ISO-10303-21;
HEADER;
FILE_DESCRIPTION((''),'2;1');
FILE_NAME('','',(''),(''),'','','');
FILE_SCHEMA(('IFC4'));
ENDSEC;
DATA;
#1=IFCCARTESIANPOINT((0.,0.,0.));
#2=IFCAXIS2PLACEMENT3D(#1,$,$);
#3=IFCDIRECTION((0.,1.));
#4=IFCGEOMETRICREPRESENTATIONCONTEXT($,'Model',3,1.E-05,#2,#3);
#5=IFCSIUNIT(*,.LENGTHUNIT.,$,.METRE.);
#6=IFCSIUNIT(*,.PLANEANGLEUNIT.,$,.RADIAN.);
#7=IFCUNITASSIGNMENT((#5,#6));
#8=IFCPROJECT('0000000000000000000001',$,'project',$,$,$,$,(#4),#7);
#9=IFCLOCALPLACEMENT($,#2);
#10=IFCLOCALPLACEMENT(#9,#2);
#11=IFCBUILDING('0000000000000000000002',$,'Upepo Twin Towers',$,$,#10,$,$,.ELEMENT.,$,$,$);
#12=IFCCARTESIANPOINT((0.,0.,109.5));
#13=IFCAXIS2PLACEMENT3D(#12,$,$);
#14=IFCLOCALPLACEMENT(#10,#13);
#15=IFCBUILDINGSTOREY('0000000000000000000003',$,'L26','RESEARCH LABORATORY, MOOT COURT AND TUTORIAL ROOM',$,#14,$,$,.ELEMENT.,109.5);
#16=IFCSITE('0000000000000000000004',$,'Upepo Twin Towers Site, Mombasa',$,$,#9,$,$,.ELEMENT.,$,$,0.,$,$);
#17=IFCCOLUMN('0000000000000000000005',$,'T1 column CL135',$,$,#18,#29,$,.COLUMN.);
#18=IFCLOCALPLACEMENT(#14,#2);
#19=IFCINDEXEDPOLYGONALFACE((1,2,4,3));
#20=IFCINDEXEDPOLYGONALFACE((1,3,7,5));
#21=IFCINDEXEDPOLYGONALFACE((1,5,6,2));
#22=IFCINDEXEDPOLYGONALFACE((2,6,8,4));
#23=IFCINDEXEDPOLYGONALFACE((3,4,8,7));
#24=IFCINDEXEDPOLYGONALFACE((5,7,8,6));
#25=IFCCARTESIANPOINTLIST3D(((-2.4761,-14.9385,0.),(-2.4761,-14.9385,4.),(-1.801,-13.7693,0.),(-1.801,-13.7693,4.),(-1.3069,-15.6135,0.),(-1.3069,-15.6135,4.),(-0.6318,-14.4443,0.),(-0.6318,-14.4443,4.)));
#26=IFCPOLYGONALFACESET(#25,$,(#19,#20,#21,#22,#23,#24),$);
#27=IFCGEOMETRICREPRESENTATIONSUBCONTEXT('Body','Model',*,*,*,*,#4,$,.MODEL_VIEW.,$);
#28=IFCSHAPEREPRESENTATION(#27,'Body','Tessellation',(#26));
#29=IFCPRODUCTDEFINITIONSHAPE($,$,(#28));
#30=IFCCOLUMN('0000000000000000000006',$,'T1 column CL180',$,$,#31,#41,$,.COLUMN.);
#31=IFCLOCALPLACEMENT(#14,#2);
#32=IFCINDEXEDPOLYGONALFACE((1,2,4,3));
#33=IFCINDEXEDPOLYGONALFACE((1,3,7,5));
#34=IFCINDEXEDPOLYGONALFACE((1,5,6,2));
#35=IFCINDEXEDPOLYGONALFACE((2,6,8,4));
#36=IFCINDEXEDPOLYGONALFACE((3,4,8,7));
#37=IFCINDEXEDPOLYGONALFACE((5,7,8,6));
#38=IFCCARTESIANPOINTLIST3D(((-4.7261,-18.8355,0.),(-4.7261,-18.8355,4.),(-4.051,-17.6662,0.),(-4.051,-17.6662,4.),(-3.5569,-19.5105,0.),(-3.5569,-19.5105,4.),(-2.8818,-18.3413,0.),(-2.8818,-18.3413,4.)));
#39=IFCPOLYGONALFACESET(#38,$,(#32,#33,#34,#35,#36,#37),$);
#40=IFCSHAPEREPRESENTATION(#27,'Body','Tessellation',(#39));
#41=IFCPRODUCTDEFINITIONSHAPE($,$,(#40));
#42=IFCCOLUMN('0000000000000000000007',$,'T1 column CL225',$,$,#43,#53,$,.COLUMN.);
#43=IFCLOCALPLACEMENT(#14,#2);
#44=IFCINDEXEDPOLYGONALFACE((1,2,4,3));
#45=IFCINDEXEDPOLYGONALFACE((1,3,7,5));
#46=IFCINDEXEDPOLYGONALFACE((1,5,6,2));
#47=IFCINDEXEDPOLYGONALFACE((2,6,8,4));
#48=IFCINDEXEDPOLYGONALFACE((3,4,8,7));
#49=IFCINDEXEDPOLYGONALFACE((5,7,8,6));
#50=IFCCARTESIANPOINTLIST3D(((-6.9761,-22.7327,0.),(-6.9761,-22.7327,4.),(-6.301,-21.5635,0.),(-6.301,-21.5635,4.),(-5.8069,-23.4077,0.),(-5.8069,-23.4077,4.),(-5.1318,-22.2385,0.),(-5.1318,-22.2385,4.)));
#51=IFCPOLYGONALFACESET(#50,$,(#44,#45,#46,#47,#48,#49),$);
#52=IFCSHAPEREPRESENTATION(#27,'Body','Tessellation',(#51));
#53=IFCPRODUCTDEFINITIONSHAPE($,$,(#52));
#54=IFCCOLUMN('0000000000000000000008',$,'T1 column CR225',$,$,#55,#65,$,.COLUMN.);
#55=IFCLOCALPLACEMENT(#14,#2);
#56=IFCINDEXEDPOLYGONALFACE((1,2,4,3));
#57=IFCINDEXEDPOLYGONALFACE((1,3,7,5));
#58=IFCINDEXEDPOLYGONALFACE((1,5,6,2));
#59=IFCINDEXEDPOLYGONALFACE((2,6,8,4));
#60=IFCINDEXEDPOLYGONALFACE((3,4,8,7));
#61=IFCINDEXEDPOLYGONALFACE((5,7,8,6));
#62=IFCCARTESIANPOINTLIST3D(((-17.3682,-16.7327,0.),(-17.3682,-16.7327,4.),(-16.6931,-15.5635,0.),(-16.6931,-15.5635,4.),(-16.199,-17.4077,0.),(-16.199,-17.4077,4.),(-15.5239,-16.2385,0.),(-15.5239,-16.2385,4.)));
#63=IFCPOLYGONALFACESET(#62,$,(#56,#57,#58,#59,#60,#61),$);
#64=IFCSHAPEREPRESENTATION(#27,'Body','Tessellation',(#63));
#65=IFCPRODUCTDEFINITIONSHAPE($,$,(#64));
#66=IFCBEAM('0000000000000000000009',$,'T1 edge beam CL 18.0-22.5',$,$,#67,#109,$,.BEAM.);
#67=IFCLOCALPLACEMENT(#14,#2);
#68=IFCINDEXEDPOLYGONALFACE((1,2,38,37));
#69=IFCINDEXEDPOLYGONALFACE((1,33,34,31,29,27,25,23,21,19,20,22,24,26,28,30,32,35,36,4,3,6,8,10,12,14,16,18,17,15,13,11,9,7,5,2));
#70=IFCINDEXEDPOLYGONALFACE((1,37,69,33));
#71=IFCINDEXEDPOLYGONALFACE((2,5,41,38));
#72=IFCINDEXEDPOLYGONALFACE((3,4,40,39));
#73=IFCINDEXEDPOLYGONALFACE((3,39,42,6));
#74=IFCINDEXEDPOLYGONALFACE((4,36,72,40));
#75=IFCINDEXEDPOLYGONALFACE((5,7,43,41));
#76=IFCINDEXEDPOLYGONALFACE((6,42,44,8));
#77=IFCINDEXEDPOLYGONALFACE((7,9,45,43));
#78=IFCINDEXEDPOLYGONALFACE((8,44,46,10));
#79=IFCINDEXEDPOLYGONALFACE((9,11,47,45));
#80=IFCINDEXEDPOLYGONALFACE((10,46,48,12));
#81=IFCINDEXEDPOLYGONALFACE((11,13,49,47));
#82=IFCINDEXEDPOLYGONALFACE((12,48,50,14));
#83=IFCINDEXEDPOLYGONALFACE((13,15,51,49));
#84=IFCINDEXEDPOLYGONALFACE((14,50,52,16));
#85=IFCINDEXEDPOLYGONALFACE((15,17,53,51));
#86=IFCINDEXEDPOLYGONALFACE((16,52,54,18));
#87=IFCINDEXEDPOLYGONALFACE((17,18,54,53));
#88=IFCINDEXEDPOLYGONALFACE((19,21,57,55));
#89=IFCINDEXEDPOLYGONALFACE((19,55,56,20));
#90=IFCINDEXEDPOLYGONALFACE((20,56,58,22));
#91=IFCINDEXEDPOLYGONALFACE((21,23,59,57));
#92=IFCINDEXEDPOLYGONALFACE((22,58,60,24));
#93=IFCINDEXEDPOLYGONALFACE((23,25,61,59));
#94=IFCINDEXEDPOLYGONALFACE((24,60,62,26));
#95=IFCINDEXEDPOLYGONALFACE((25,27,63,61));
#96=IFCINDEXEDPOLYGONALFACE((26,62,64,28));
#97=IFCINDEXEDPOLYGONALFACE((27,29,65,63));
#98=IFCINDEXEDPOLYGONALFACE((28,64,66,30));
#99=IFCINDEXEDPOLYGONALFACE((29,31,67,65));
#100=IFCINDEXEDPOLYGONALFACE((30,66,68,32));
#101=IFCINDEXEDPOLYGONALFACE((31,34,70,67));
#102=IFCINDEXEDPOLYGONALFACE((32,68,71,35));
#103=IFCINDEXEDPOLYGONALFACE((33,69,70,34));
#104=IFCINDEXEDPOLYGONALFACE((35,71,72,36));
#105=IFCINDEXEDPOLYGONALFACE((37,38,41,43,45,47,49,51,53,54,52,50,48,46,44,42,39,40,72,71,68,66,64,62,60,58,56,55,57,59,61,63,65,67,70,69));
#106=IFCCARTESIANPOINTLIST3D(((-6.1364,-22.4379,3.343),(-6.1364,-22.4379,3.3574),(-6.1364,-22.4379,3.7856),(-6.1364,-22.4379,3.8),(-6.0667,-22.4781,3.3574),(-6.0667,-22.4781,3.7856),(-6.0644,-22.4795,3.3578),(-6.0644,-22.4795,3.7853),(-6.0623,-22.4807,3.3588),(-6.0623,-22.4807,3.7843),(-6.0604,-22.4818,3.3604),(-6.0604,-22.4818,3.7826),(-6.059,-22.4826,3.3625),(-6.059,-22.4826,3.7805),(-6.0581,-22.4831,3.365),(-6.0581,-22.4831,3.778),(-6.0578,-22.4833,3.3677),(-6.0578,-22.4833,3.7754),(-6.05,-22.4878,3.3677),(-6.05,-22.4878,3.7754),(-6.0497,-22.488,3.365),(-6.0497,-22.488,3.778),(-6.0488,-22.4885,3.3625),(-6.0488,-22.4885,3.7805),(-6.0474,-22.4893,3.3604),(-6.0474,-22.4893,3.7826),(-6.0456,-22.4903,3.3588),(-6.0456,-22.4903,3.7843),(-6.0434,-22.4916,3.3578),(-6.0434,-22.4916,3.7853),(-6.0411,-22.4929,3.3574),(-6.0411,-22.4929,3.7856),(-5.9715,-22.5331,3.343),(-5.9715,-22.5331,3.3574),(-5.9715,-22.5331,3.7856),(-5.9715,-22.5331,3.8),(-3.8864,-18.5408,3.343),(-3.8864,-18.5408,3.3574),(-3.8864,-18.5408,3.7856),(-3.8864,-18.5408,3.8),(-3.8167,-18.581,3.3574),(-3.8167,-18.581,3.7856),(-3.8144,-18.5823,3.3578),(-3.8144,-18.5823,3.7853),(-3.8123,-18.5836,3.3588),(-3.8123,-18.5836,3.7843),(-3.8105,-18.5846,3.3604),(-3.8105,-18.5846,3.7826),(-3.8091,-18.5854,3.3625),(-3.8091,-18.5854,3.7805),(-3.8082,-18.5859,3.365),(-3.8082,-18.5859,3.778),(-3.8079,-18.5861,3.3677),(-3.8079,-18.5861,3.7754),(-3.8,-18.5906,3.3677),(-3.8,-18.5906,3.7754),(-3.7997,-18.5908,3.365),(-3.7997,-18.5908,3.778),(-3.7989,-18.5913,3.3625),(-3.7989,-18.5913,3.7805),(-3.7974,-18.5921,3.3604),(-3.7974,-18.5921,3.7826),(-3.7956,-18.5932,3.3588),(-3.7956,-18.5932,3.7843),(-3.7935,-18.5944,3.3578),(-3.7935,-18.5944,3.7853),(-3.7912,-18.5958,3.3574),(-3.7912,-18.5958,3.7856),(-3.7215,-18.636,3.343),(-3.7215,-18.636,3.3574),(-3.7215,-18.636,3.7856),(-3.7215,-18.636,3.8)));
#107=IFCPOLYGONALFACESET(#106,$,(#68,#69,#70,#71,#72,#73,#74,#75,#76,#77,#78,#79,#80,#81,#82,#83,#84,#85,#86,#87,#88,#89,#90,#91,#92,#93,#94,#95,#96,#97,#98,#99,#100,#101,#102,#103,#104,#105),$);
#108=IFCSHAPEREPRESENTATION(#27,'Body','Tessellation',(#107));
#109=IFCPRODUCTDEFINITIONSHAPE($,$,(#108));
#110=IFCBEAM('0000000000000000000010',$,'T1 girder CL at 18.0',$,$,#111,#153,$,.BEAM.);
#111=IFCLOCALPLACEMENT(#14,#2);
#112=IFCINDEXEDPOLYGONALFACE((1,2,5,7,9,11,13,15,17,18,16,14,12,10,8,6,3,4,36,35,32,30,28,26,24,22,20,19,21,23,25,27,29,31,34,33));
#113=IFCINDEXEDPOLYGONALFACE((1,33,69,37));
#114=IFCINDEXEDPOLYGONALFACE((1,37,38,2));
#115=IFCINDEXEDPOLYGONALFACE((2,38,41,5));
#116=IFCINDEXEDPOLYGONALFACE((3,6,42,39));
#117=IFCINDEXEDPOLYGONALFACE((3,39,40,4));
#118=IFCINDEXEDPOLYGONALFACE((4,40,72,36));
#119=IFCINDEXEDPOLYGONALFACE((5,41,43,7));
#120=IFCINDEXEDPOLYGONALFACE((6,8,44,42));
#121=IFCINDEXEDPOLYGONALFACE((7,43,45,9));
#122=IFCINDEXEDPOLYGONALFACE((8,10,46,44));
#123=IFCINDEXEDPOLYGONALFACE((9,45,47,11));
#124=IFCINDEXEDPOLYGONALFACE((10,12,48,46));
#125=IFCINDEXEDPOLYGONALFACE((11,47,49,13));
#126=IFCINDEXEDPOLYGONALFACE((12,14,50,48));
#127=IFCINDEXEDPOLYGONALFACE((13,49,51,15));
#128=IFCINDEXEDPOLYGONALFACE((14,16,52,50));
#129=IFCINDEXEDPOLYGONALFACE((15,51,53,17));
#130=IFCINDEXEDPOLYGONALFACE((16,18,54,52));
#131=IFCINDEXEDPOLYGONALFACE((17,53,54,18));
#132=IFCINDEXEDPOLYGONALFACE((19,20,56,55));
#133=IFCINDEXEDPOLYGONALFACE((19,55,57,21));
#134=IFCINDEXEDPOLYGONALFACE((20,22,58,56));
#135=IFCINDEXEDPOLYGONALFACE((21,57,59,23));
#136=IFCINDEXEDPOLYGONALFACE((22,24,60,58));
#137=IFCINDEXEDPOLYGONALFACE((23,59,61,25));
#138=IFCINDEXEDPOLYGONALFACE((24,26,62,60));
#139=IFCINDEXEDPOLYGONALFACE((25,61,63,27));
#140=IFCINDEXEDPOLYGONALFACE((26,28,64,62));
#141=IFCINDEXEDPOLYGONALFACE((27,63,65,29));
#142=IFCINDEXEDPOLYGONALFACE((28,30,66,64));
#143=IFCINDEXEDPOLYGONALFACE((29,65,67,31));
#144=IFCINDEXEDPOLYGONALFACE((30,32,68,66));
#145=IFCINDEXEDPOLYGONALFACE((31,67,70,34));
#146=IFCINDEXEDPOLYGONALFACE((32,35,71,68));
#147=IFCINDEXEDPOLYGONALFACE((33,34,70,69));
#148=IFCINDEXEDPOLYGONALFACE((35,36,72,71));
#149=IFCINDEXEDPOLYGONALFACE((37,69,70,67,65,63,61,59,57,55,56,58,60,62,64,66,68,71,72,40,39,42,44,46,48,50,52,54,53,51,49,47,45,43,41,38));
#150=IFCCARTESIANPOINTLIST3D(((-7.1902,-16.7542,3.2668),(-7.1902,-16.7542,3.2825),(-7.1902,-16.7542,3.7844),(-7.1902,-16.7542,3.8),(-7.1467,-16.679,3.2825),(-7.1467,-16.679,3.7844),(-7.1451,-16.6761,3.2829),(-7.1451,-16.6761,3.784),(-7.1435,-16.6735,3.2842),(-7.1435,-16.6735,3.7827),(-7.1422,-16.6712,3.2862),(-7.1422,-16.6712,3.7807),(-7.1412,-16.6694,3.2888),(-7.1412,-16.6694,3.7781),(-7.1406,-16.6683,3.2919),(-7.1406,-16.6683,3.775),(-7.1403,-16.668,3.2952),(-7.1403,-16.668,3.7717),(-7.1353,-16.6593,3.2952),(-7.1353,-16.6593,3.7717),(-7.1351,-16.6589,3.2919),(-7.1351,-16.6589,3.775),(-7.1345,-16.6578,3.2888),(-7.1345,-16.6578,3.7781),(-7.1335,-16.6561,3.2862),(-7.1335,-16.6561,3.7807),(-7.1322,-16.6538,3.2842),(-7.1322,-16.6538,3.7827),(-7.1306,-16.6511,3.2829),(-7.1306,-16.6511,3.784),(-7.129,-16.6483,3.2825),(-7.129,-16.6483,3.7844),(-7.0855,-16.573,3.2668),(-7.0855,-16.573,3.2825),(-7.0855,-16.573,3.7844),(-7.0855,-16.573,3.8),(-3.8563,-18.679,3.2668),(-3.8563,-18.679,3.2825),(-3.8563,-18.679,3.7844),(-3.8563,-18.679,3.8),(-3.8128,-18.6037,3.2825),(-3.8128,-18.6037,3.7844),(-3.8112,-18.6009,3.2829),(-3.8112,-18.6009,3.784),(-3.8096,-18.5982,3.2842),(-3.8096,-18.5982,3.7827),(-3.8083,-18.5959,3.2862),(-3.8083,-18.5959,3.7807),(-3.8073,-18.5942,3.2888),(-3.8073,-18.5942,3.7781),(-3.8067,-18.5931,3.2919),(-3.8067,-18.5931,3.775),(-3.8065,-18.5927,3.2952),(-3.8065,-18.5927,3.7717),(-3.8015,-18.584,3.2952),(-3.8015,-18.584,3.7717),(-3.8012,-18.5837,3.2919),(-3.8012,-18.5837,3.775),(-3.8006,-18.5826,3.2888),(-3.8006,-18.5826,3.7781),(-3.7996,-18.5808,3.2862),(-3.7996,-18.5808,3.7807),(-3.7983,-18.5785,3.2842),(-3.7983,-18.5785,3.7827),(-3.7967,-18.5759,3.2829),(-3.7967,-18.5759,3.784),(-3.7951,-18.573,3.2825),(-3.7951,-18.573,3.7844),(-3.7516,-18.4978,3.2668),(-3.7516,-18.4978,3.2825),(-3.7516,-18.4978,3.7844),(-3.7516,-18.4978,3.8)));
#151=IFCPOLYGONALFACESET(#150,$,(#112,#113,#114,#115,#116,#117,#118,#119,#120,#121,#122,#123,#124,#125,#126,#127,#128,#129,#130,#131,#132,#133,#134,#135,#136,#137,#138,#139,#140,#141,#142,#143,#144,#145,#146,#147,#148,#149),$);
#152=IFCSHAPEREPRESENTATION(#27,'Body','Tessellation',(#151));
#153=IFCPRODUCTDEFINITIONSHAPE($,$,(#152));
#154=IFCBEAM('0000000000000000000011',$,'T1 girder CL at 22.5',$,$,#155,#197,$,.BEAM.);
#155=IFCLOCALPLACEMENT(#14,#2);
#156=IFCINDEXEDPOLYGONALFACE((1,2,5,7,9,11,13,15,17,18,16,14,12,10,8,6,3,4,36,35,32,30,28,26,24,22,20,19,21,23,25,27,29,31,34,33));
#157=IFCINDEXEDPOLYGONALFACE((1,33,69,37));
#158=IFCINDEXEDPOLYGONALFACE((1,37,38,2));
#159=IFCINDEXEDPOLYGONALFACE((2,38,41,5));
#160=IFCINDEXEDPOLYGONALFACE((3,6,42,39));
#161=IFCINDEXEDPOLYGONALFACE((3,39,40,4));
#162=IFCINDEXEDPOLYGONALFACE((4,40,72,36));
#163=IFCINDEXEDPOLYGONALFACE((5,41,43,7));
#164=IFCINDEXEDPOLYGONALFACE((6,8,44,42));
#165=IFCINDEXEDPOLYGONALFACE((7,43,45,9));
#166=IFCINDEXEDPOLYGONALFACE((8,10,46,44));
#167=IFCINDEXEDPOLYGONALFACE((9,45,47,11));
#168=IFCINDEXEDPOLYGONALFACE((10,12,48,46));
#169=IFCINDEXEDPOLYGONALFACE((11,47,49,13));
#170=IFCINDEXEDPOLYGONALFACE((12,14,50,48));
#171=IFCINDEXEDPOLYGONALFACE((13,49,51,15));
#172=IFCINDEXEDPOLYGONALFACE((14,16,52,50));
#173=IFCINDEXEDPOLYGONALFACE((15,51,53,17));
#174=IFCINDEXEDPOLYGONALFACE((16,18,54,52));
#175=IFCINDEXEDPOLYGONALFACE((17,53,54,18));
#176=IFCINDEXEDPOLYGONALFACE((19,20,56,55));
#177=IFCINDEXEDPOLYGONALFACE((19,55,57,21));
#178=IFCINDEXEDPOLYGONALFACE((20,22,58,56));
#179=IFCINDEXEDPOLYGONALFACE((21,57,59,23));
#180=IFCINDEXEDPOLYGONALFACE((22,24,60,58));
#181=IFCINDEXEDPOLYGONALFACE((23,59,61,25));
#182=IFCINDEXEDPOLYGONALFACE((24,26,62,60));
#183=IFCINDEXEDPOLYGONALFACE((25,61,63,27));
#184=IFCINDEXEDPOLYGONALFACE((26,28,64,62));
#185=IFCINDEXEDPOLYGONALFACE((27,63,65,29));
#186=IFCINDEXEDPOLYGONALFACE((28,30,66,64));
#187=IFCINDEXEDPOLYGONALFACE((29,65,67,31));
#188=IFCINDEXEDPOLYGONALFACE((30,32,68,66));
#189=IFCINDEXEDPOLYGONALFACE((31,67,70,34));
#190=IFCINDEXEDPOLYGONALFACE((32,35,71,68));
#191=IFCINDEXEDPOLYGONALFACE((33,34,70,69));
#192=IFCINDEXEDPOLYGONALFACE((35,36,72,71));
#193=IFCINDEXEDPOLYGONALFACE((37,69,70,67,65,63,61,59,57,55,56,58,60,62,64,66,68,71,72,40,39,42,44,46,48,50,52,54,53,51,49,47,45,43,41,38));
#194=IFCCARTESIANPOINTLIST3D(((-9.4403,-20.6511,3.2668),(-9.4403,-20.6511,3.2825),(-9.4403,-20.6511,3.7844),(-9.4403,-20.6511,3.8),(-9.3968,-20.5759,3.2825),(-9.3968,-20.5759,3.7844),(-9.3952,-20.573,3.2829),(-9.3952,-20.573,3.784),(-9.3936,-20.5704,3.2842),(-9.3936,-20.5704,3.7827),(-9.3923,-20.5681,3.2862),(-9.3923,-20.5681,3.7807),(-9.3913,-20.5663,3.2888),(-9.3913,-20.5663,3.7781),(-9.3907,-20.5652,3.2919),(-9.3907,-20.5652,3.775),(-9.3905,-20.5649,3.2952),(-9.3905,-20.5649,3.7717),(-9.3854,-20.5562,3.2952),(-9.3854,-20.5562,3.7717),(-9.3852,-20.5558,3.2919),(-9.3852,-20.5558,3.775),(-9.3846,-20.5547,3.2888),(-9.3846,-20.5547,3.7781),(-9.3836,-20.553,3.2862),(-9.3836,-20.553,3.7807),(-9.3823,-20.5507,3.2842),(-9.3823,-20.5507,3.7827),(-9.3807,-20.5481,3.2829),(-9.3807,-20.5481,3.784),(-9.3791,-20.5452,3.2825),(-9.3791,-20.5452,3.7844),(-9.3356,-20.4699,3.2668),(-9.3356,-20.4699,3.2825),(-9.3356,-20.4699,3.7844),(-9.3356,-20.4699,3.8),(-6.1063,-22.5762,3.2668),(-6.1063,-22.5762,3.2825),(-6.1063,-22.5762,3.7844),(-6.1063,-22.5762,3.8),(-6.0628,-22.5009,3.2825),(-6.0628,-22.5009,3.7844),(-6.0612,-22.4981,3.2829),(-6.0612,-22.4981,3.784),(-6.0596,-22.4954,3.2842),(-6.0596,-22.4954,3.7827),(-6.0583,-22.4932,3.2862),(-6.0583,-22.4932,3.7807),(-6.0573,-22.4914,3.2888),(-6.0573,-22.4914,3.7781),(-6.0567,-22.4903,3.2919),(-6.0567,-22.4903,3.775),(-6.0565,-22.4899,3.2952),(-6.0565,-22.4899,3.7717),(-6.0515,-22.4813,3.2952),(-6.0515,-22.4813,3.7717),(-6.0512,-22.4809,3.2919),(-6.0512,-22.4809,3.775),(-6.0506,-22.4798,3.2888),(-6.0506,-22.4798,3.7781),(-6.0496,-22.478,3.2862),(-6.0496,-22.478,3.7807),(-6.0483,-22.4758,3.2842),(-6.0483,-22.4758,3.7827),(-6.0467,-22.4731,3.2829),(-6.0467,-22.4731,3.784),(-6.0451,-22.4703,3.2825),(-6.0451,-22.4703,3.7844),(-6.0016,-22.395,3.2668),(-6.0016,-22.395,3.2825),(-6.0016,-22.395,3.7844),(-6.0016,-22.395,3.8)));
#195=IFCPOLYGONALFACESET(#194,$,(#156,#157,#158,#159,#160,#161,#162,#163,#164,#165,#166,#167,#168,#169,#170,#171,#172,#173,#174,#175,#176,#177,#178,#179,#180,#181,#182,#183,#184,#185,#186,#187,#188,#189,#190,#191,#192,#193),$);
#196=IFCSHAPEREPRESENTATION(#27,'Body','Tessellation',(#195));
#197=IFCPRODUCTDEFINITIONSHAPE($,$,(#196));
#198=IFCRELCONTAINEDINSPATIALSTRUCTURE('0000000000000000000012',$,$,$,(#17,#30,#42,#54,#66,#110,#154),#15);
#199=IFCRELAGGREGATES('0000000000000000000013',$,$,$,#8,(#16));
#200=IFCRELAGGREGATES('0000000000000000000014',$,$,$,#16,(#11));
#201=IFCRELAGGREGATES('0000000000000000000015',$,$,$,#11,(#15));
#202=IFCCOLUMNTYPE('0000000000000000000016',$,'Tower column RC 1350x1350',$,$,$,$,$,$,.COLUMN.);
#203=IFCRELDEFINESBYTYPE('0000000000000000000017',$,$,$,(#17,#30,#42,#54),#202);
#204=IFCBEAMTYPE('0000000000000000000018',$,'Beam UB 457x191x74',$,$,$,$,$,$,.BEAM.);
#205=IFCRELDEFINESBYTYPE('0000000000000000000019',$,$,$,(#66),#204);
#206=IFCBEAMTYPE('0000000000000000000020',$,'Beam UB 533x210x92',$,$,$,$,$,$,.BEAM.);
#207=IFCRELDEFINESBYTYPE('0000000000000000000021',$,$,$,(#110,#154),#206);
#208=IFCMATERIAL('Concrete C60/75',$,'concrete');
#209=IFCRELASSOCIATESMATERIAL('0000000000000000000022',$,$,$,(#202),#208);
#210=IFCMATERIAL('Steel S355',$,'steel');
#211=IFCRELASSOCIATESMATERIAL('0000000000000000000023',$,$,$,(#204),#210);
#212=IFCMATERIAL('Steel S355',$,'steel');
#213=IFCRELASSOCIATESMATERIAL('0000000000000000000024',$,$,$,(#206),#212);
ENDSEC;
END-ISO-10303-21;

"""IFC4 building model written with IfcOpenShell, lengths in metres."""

from ifc_helpers import new_model, si_unit, direction, frame, origin, origin_2d, place, context, subcontext, project, spatial, rectangle, i_section, extrude, material, material_profile, profile_set, type_object, element, save


model = new_model("IFC4")

# Units and contexts
model_context = context("Model", 3, precision=1e-05, world=origin(), true_north=direction((0.0, 1.0)))
body_context = subcontext(model_context, "Body", "Model", "MODEL_VIEW")
ifc_project = project(units=[si_unit("LENGTHUNIT", "METRE"), si_unit("PLANEANGLEUNIT", "RADIAN")], contexts=[model_context])

# Site, building, storey
site_placement = place(None, origin())
site = spatial("IfcSite", under=ifc_project, at=site_placement, Name="Upepo Twin Towers Site, Mombasa", CompositionType="ELEMENT", RefElevation=0.0)
building_placement = place(site_placement, origin())
building = spatial("IfcBuilding", under=site, at=building_placement, Name="Upepo Twin Towers", CompositionType="ELEMENT")
storey_placement = place(building_placement, frame((0.0, 0.0, 109.5)))
storey = spatial("IfcBuildingStorey", under=building, at=storey_placement, Name="L26", Description="RESEARCH LABORATORY, MOOT COURT AND TUTORIAL ROOM", CompositionType="ELEMENT", Elevation=109.5)

# Columns
ifc_material_1 = material(Name="Concrete C60/75", Category="concrete")
ifc_material_profile_1 = material_profile(ifc_material_1, rectangle(XDim=1.3501, YDim=1.3501, at=origin_2d()), Name="RC 1350x1350")
ifc_profile_set_1 = profile_set([ifc_material_profile_1], Name="Concrete C60/75")
column_type = type_object("IfcColumnType", Name="Tower column RC 1350x1350", PredefinedType="COLUMN", material=ifc_profile_set_1)
for number, where, z_axis, x_axis, name in (
    (1, (-1.554, -14.6914, 0.0), (0.0, 0.0, 1.0), (0.5, 0.866025, 0.0), "T1 column CL135"),
    (2, (-3.804, -18.5884, 0.0), (0.0, 0.0, 1.0), (0.5, 0.866025, 0.0), "T1 column CL180"),
    (3, (-6.054, -22.4856, 0.0), (0.0, 0.0, 1.0), (0.5, 0.866025, 0.0), "T1 column CL225"),
    (4, (-16.446, -16.4856, 0.0), (0.0, 0.0, 1.0), (0.5, 0.866025, 0.0), "T1 column CR225"),
):
    element("IfcColumn", number, at=place(storey_placement, frame(where, z_axis=z_axis, x_axis=x_axis)), inside=storey, type_object=column_type, Name=name, PredefinedType="COLUMN", context=body_context, shape_type="SweptSolid", body=[
        extrude(rectangle(XDim=1.3501, YDim=1.3501, at=origin_2d()), origin(), (0.0, 0.0, 1.0), 4.0),
    ])

# Beams
ifc_material_2 = material(Name="Steel S355", Category="steel")
ifc_material_profile_2 = material_profile(ifc_material_2, i_section(OverallWidth=0.1904, OverallDepth=0.457, WebThickness=0.009, FlangeThickness=0.0144, FilletRadius=0.0103, at=origin_2d()), Name="UB 457x191x74")
ifc_profile_set_2 = profile_set([ifc_material_profile_2], Name="Steel S355")
beam_type_1 = type_object("IfcBeamType", Name="Beam UB 457x191x74", PredefinedType="BEAM", material=ifc_profile_set_2)
beam_1_placement = place(storey_placement, frame((-3.804, -18.5884, 3.5715), z_axis=(-0.49999, -0.866031, 0.0), x_axis=(0.866031, -0.49999, 0.0)))
element("IfcBeam", 5, at=beam_1_placement, inside=storey, type_object=beam_type_1, Name="T1 edge beam CL 18.0-22.5", PredefinedType="BEAM", context=body_context, shape_type="SweptSolid", body=[
    extrude(i_section(OverallWidth=0.1904, OverallDepth=0.457, WebThickness=0.009, FlangeThickness=0.0144, FilletRadius=0.0103, at=origin_2d()), origin(), (0.0, 0.0, 1.0), 4.5),
])
ifc_material_3 = material(Name="Steel S355", Category="steel")
ifc_material_profile_3 = material_profile(ifc_material_3, i_section(OverallWidth=0.2092, OverallDepth=0.5332, WebThickness=0.01, FlangeThickness=0.0156, FilletRadius=0.0127, at=origin_2d()), Name="UB 533x210x92")
ifc_profile_set_3 = profile_set([ifc_material_profile_3], Name="Steel S355")
beam_type_2 = type_object("IfcBeamType", Name="Beam UB 533x210x92", PredefinedType="BEAM", material=ifc_profile_set_3)
beam_2_placement = place(storey_placement, frame((-3.804, -18.5884, 3.5334), z_axis=(-0.866034, 0.499986, 0.0), x_axis=(-0.499986, -0.866034, 0.0)))
element("IfcBeam", 6, at=beam_2_placement, inside=storey, type_object=beam_type_2, Name="T1 girder CL at 18.0", PredefinedType="BEAM", context=body_context, shape_type="SweptSolid", body=[
    extrude(i_section(OverallWidth=0.2092, OverallDepth=0.5332, WebThickness=0.01, FlangeThickness=0.0156, FilletRadius=0.0127, at=origin_2d()), origin(), (0.0, 0.0, 1.0), 3.8496),
])
for number, where, z_axis, x_axis, name in (
    (7, (-6.054, -22.4856, 3.5334), (-0.866006, 0.500034, 0.0), (-0.500034, -0.866006, 0.0), "T1 girder CL at 22.5"),
):
    element("IfcBeam", number, at=place(storey_placement, frame(where, z_axis=z_axis, x_axis=x_axis)), inside=storey, type_object=beam_type_2, Name=name, PredefinedType="BEAM", context=body_context, shape_type="SweptSolid", body=[
        extrude(i_section(OverallWidth=0.2092, OverallDepth=0.5332, WebThickness=0.01, FlangeThickness=0.0156, FilletRadius=0.0127, at=origin_2d()), origin(), (0.0, 0.0, 1.0), 3.8499),
    ])

save(model, "model.ifc")
